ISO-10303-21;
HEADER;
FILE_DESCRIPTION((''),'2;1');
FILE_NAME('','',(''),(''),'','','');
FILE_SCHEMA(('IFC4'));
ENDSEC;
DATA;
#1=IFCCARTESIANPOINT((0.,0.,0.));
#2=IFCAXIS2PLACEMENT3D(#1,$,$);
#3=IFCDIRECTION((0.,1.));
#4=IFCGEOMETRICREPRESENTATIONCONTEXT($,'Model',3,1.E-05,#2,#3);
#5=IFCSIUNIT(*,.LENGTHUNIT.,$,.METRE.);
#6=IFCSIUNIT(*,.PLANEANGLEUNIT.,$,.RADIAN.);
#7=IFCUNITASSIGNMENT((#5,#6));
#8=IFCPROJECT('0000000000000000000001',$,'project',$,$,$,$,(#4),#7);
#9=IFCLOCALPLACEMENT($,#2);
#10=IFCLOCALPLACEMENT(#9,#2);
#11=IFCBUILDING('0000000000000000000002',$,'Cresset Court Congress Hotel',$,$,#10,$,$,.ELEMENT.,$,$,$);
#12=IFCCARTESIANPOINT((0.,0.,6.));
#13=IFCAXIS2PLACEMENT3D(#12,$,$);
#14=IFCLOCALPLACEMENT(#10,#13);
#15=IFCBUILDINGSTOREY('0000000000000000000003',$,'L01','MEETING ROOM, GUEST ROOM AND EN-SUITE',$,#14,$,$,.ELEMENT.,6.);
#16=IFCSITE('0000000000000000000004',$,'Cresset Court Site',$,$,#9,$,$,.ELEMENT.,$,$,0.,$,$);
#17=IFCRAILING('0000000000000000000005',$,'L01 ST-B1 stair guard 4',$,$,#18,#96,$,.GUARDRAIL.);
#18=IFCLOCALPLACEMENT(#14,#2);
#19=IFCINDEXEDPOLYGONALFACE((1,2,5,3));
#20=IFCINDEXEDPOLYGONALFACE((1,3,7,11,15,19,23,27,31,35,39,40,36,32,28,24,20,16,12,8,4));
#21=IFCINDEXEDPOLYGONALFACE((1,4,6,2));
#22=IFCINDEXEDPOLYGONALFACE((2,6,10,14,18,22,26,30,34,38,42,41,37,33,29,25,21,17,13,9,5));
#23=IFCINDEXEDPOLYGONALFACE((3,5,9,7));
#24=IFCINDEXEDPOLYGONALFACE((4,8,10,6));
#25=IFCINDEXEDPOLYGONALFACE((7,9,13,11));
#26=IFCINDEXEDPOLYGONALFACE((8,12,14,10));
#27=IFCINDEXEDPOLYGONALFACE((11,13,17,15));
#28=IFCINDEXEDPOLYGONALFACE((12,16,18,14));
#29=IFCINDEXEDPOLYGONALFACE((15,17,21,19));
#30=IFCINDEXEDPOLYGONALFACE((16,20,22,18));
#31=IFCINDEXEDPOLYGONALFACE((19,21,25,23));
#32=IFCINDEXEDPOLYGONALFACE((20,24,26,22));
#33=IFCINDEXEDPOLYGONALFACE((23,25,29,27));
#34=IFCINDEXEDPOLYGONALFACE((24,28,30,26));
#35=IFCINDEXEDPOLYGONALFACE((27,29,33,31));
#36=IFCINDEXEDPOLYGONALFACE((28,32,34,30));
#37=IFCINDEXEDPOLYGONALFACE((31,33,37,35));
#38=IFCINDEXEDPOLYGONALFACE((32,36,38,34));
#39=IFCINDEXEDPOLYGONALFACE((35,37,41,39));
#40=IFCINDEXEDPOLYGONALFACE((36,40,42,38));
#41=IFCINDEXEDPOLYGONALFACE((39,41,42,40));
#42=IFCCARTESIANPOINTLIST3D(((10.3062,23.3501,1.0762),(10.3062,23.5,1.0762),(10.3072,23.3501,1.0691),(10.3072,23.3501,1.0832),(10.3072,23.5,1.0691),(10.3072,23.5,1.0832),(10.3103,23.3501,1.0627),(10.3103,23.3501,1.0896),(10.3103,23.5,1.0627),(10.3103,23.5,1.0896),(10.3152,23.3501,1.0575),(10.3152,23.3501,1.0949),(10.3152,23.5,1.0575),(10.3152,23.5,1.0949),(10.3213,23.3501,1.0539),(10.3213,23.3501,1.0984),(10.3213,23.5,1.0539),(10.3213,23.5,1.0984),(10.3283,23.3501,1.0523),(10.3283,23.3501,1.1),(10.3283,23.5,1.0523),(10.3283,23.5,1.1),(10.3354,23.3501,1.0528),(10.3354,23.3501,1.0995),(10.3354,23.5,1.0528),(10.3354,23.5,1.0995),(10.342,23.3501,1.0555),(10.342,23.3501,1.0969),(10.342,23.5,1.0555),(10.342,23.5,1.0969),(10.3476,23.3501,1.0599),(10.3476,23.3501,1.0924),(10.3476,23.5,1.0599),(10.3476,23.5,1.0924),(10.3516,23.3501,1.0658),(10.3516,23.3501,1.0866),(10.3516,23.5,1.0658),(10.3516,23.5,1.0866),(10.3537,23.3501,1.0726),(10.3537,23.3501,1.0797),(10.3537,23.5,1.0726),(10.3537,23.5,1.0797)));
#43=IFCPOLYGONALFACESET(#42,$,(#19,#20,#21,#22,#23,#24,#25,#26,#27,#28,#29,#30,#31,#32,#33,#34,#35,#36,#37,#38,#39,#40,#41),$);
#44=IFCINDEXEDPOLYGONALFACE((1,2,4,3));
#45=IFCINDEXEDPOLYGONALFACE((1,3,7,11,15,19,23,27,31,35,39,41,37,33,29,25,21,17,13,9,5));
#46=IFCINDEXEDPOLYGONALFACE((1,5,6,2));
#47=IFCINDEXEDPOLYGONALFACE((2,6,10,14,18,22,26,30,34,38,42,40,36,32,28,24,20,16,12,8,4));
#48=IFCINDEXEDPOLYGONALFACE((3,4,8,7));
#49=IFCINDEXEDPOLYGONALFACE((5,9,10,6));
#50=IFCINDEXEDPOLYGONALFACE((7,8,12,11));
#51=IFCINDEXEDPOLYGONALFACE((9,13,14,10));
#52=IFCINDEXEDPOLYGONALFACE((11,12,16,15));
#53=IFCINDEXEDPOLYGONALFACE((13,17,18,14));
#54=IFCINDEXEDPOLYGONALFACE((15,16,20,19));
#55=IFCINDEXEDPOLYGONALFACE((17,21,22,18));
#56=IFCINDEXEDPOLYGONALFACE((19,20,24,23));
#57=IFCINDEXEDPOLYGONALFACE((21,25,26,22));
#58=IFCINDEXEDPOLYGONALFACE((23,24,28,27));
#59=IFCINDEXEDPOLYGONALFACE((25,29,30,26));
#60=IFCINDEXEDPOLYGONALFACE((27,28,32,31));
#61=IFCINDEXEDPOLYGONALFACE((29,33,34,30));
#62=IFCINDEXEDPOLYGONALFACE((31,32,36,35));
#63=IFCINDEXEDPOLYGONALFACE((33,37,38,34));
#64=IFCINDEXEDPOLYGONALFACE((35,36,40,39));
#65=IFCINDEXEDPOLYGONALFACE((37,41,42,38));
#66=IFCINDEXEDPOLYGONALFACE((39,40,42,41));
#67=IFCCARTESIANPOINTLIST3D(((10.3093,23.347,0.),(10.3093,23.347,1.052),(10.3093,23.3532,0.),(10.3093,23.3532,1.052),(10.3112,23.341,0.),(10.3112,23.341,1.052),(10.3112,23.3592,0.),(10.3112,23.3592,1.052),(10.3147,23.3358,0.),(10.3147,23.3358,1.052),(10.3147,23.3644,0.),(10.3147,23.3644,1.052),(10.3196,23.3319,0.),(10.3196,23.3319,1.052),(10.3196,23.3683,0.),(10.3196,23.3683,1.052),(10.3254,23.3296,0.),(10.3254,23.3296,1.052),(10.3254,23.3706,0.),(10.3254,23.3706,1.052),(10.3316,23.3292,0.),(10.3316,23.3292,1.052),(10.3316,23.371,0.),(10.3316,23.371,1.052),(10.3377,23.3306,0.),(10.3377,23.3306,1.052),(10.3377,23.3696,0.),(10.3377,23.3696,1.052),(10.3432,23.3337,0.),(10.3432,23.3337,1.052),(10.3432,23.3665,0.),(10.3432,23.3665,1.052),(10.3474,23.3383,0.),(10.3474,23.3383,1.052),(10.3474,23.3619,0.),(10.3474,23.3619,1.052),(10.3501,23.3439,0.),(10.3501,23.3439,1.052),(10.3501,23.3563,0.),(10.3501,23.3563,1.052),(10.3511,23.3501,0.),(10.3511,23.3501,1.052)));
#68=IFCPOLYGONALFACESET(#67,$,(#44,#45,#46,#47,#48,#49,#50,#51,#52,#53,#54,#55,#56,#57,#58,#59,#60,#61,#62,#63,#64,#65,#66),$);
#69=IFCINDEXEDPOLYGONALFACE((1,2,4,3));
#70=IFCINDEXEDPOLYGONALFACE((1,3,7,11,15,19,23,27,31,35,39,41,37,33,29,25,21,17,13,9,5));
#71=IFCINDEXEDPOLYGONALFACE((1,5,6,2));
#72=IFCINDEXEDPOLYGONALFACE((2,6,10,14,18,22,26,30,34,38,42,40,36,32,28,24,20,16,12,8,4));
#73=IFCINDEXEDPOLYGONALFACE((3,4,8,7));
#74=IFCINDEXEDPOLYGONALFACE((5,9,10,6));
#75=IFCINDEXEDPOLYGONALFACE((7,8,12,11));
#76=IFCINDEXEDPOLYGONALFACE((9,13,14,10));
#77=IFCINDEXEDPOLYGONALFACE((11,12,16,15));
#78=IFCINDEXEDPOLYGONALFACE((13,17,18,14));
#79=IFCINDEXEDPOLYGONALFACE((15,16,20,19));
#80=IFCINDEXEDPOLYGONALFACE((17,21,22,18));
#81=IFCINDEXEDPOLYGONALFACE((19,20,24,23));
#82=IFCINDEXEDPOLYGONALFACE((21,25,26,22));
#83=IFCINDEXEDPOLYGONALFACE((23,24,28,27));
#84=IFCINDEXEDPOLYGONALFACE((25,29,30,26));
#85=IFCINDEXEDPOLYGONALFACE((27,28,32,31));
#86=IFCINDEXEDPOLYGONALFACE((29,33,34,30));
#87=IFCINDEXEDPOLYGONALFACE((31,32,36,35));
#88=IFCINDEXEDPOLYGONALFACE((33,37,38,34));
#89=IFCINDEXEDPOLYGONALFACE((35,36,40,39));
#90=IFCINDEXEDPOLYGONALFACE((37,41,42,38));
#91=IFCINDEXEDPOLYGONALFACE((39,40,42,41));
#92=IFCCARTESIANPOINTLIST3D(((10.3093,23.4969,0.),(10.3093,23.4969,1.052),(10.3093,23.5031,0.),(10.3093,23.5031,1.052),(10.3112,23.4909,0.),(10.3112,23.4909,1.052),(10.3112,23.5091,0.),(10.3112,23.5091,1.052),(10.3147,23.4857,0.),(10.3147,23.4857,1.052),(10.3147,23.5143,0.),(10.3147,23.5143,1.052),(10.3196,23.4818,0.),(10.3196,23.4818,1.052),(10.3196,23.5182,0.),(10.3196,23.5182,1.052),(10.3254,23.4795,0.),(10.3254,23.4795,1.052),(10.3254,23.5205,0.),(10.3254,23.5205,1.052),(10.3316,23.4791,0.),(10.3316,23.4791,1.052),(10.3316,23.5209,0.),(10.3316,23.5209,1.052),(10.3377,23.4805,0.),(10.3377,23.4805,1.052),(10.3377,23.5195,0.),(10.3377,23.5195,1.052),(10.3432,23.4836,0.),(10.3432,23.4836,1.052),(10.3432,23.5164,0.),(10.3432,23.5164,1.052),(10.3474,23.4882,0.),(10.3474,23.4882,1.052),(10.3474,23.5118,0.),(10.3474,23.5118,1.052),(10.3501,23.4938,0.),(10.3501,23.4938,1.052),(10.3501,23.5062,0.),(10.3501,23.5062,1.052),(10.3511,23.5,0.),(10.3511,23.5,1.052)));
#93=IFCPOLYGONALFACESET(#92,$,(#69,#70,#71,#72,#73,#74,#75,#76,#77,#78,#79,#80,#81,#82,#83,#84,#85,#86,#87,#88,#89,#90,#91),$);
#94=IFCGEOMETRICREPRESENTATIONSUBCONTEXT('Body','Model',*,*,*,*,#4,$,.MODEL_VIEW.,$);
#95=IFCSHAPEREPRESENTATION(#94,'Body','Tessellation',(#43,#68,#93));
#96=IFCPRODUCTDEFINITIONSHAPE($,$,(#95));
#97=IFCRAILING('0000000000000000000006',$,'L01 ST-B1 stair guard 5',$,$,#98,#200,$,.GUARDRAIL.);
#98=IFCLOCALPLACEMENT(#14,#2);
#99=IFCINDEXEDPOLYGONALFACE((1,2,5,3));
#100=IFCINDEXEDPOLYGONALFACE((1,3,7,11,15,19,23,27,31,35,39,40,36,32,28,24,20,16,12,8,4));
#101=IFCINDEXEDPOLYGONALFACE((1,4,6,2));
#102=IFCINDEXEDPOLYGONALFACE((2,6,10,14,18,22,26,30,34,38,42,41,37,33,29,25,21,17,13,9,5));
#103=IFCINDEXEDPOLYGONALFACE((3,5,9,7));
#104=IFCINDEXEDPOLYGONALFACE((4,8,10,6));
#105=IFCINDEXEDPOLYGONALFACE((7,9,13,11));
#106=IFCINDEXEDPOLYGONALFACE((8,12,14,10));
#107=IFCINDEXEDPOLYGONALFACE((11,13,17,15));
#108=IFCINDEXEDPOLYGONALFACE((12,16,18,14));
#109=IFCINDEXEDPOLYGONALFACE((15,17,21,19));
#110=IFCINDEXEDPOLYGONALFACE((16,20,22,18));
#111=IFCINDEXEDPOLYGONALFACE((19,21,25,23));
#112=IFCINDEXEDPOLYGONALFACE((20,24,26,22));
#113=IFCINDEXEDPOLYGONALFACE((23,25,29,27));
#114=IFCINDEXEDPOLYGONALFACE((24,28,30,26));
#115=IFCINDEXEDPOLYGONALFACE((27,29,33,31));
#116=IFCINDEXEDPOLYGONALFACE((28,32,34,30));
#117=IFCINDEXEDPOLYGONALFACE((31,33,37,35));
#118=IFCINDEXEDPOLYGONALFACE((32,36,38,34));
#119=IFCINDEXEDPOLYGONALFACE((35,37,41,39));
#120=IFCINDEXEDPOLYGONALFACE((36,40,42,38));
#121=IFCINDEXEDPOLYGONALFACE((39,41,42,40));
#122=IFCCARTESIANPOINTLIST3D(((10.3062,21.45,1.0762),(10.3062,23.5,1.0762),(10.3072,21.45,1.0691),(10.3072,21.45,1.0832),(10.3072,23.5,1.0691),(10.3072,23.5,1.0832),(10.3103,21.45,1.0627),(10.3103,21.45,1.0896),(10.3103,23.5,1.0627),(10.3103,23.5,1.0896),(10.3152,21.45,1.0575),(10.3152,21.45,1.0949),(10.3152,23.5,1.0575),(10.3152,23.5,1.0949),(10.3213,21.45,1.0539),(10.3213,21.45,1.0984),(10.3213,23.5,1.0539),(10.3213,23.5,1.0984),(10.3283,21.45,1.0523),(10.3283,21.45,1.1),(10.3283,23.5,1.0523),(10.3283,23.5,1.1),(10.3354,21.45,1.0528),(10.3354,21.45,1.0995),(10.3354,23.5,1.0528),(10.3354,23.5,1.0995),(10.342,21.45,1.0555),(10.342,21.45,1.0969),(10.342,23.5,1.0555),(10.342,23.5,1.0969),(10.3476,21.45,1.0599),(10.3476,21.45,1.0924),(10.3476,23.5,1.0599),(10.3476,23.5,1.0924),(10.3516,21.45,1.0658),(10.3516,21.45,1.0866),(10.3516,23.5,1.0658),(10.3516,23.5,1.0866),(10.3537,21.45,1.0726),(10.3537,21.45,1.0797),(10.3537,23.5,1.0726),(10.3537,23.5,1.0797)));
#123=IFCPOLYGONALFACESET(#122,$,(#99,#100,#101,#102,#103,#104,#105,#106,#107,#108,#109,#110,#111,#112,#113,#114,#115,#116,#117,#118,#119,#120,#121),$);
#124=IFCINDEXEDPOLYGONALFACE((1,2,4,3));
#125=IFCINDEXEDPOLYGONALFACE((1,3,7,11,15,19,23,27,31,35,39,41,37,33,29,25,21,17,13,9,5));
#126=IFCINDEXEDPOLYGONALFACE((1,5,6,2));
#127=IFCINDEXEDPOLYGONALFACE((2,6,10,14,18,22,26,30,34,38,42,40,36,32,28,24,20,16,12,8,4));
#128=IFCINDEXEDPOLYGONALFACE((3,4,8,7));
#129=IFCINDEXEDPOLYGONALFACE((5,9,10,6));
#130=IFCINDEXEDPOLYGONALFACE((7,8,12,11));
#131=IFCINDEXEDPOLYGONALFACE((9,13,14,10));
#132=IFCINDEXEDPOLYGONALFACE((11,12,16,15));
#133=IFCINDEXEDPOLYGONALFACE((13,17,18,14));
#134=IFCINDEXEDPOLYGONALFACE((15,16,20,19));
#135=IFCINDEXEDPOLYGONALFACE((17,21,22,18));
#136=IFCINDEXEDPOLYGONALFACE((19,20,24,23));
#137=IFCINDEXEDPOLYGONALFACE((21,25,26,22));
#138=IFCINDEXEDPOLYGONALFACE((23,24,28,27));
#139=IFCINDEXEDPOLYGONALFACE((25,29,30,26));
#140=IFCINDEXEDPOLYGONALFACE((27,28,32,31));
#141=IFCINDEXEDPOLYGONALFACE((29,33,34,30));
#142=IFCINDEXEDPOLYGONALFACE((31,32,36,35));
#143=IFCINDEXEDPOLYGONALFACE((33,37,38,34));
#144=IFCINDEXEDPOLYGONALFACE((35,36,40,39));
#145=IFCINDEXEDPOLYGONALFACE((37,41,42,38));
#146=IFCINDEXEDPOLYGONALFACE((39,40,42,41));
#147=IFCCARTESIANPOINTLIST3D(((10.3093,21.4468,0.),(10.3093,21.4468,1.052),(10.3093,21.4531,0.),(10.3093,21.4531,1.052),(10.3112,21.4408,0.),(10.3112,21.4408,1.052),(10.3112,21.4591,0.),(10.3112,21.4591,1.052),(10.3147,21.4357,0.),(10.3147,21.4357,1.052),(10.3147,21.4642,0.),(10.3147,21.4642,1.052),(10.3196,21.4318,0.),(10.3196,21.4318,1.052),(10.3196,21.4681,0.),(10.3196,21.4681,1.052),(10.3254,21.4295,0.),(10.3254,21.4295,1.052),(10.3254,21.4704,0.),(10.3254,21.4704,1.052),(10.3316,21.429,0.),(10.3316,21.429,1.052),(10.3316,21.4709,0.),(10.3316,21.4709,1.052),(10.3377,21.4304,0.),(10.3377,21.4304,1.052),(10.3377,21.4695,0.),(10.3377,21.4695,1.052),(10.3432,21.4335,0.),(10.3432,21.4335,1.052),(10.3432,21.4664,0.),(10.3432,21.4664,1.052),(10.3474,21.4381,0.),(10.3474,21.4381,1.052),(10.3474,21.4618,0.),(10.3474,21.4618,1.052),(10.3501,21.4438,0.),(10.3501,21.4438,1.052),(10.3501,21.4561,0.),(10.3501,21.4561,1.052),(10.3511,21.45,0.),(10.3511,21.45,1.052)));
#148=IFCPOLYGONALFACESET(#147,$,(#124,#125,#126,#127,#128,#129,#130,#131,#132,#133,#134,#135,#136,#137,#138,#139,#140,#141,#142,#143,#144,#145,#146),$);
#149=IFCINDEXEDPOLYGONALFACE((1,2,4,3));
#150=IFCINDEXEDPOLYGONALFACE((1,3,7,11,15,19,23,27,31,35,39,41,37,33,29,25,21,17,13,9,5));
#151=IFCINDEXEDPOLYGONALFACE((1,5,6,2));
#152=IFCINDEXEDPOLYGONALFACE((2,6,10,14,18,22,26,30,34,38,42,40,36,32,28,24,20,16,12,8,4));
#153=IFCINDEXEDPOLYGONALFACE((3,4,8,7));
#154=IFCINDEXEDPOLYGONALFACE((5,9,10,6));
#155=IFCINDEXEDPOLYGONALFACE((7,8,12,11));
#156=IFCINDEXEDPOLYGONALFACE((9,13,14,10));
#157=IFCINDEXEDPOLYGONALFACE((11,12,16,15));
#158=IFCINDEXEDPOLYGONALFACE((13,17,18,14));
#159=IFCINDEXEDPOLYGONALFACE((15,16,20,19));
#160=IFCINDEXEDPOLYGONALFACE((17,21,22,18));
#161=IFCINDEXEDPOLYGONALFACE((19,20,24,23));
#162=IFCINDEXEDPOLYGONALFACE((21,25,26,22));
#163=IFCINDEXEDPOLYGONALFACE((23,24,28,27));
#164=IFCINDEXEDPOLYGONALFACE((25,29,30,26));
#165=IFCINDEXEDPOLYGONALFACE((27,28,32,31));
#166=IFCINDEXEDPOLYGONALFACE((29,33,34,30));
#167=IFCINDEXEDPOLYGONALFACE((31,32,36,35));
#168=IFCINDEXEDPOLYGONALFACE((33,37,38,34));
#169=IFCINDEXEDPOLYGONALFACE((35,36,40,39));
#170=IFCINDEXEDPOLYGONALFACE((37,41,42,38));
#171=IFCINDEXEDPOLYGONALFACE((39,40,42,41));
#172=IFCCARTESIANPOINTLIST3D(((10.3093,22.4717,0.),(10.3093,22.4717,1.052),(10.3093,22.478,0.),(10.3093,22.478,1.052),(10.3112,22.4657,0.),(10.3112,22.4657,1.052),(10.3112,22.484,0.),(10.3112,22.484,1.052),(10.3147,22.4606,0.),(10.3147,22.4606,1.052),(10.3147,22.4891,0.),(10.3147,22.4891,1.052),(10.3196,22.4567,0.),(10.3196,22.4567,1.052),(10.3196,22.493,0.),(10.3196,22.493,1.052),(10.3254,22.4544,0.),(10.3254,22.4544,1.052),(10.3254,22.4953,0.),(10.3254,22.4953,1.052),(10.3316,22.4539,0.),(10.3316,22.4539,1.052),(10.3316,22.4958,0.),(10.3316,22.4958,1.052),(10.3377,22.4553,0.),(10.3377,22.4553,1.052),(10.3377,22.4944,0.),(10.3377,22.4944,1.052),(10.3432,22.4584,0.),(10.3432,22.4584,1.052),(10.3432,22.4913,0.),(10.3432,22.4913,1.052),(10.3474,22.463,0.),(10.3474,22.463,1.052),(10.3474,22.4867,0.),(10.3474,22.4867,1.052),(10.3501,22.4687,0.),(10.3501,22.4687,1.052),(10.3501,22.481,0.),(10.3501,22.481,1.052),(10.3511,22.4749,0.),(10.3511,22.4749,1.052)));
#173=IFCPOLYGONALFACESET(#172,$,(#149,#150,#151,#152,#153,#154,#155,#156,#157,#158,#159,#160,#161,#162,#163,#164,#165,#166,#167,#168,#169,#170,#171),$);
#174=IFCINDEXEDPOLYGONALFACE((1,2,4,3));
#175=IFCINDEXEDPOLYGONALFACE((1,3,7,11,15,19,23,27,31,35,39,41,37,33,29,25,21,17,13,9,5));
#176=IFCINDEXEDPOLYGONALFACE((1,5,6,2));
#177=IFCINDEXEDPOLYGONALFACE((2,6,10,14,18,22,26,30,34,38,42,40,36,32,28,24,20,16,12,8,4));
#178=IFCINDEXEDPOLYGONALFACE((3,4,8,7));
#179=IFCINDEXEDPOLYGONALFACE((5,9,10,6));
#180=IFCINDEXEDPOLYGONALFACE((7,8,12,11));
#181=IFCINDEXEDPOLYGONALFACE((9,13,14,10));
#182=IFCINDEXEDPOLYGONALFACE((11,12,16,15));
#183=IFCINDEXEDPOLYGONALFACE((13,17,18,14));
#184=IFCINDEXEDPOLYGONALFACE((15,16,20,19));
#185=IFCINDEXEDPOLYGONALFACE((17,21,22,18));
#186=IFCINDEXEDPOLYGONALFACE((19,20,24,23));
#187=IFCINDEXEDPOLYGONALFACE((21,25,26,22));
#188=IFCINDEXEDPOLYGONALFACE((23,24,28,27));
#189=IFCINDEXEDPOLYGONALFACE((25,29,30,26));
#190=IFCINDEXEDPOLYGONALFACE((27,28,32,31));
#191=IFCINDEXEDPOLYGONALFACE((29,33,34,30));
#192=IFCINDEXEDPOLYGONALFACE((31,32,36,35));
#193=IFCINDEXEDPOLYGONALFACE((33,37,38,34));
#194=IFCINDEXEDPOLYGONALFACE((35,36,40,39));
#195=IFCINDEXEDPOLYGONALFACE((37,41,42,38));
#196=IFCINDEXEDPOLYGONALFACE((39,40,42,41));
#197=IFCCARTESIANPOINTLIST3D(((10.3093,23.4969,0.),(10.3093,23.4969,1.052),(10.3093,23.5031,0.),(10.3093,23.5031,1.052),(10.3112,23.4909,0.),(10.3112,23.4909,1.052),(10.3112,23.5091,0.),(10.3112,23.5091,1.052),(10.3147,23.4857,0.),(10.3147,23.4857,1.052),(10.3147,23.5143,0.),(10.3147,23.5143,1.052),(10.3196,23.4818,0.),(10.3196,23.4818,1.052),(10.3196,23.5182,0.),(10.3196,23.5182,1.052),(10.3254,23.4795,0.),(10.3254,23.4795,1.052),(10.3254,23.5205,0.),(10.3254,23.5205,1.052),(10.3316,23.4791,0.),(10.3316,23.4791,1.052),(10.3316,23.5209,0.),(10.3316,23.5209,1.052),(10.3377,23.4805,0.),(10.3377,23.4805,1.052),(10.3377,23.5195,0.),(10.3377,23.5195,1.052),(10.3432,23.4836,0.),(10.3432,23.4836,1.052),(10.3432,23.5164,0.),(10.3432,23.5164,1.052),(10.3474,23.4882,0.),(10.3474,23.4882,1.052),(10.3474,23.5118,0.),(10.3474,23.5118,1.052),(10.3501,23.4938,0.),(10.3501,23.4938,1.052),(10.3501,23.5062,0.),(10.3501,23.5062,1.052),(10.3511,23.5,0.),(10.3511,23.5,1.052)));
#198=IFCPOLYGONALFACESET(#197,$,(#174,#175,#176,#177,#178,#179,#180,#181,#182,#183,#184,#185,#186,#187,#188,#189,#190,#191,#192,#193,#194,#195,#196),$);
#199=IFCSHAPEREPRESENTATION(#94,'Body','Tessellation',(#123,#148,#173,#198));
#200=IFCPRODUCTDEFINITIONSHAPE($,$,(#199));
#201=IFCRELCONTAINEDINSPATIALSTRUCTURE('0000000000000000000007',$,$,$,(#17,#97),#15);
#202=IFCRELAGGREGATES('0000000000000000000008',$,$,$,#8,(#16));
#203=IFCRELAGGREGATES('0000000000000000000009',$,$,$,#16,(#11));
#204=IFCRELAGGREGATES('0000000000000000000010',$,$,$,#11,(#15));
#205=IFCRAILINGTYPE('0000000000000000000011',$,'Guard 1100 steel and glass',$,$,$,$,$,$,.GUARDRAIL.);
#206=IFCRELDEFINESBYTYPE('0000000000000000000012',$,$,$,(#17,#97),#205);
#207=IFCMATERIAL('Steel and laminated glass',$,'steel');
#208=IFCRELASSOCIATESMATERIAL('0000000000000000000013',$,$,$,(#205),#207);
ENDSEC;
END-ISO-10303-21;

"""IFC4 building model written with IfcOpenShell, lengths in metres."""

from ifc_helpers import new_model, si_unit, direction, frame, origin, origin_2d, place, context, subcontext, project, spatial, circle, extrude, material, type_object, element, save


model = new_model("IFC4")

# Units and contexts
model_context = context("Model", 3, precision=1e-05, world=origin(), true_north=direction((0.0, 1.0)))
body_context = subcontext(model_context, "Body", "Model", "MODEL_VIEW")
ifc_project = project(units=[si_unit("LENGTHUNIT", "METRE"), si_unit("PLANEANGLEUNIT", "RADIAN")], contexts=[model_context])

# Site, building, storey
site_placement = place(None, origin())
site = spatial("IfcSite", under=ifc_project, at=site_placement, Name="Cresset Court Site", CompositionType="ELEMENT", RefElevation=0.0)
building_placement = place(site_placement, origin())
building = spatial("IfcBuilding", under=site, at=building_placement, Name="Cresset Court Congress Hotel", CompositionType="ELEMENT")
storey_placement = place(building_placement, frame((0.0, 0.0, 6.0)))
storey = spatial("IfcBuildingStorey", under=building, at=storey_placement, Name="L01", Description="MEETING ROOM, GUEST ROOM AND EN-SUITE", CompositionType="ELEMENT", Elevation=6.0)

# Railings
ifc_material_1 = material(Name="Steel and laminated glass", Category="steel")
railing_type_1 = type_object("IfcRailingType", Name="Guard 1100 steel and glass", PredefinedType="GUARDRAIL", material=ifc_material_1)
railing_1_placement = place(storey_placement, frame((10.3301, 23.3501, 0.0)))
element("IfcRailing", 1, at=railing_1_placement, inside=storey, type_object=railing_type_1, Name="L01 ST-B1 stair guard 4", PredefinedType="GUARDRAIL", context=body_context, shape_type="SweptSolid", body=[
    extrude(circle(Radius=0.0239, at=origin_2d()), frame((0.0, 0.0, 1.0762), z_axis=(0.0, 1.0, 0.0), x_axis=(-1.0, 0.0, 0.0)), (0.0, 0.0, 1.0), 0.1499),
    extrude(circle(Radius=0.021, at=origin_2d()), origin(), (0.0, 0.0, 1.0), 1.052),
    extrude(circle(Radius=0.021, at=origin_2d()), frame((0.0, 0.1499, 0.0)), (0.0, 0.0, 1.0), 1.052),
])
railing_2_placement = place(storey_placement, frame((10.3301, 21.45, 0.0)))
element("IfcRailing", 2, at=railing_2_placement, inside=storey, type_object=railing_type_1, Name="L01 ST-B1 stair guard 5", PredefinedType="GUARDRAIL", context=body_context, shape_type="SweptSolid", body=[
    extrude(circle(Radius=0.0239, at=origin_2d()), frame((0.0, 0.0, 1.0762), z_axis=(0.0, 1.0, 0.0), x_axis=(-1.0, 0.0, 0.0)), (0.0, 0.0, 1.0), 2.05),
    extrude(circle(Radius=0.021, at=origin_2d()), origin(), (0.0, 0.0, 1.0), 1.052),
    extrude(circle(Radius=0.021, at=origin_2d()), frame((0.0, 1.0249, 0.0)), (0.0, 0.0, 1.0), 1.052),
    extrude(circle(Radius=0.021, at=origin_2d()), frame((0.0, 2.05, 0.0)), (0.0, 0.0, 1.0), 1.052),
])

save(model, "model.ifc")
